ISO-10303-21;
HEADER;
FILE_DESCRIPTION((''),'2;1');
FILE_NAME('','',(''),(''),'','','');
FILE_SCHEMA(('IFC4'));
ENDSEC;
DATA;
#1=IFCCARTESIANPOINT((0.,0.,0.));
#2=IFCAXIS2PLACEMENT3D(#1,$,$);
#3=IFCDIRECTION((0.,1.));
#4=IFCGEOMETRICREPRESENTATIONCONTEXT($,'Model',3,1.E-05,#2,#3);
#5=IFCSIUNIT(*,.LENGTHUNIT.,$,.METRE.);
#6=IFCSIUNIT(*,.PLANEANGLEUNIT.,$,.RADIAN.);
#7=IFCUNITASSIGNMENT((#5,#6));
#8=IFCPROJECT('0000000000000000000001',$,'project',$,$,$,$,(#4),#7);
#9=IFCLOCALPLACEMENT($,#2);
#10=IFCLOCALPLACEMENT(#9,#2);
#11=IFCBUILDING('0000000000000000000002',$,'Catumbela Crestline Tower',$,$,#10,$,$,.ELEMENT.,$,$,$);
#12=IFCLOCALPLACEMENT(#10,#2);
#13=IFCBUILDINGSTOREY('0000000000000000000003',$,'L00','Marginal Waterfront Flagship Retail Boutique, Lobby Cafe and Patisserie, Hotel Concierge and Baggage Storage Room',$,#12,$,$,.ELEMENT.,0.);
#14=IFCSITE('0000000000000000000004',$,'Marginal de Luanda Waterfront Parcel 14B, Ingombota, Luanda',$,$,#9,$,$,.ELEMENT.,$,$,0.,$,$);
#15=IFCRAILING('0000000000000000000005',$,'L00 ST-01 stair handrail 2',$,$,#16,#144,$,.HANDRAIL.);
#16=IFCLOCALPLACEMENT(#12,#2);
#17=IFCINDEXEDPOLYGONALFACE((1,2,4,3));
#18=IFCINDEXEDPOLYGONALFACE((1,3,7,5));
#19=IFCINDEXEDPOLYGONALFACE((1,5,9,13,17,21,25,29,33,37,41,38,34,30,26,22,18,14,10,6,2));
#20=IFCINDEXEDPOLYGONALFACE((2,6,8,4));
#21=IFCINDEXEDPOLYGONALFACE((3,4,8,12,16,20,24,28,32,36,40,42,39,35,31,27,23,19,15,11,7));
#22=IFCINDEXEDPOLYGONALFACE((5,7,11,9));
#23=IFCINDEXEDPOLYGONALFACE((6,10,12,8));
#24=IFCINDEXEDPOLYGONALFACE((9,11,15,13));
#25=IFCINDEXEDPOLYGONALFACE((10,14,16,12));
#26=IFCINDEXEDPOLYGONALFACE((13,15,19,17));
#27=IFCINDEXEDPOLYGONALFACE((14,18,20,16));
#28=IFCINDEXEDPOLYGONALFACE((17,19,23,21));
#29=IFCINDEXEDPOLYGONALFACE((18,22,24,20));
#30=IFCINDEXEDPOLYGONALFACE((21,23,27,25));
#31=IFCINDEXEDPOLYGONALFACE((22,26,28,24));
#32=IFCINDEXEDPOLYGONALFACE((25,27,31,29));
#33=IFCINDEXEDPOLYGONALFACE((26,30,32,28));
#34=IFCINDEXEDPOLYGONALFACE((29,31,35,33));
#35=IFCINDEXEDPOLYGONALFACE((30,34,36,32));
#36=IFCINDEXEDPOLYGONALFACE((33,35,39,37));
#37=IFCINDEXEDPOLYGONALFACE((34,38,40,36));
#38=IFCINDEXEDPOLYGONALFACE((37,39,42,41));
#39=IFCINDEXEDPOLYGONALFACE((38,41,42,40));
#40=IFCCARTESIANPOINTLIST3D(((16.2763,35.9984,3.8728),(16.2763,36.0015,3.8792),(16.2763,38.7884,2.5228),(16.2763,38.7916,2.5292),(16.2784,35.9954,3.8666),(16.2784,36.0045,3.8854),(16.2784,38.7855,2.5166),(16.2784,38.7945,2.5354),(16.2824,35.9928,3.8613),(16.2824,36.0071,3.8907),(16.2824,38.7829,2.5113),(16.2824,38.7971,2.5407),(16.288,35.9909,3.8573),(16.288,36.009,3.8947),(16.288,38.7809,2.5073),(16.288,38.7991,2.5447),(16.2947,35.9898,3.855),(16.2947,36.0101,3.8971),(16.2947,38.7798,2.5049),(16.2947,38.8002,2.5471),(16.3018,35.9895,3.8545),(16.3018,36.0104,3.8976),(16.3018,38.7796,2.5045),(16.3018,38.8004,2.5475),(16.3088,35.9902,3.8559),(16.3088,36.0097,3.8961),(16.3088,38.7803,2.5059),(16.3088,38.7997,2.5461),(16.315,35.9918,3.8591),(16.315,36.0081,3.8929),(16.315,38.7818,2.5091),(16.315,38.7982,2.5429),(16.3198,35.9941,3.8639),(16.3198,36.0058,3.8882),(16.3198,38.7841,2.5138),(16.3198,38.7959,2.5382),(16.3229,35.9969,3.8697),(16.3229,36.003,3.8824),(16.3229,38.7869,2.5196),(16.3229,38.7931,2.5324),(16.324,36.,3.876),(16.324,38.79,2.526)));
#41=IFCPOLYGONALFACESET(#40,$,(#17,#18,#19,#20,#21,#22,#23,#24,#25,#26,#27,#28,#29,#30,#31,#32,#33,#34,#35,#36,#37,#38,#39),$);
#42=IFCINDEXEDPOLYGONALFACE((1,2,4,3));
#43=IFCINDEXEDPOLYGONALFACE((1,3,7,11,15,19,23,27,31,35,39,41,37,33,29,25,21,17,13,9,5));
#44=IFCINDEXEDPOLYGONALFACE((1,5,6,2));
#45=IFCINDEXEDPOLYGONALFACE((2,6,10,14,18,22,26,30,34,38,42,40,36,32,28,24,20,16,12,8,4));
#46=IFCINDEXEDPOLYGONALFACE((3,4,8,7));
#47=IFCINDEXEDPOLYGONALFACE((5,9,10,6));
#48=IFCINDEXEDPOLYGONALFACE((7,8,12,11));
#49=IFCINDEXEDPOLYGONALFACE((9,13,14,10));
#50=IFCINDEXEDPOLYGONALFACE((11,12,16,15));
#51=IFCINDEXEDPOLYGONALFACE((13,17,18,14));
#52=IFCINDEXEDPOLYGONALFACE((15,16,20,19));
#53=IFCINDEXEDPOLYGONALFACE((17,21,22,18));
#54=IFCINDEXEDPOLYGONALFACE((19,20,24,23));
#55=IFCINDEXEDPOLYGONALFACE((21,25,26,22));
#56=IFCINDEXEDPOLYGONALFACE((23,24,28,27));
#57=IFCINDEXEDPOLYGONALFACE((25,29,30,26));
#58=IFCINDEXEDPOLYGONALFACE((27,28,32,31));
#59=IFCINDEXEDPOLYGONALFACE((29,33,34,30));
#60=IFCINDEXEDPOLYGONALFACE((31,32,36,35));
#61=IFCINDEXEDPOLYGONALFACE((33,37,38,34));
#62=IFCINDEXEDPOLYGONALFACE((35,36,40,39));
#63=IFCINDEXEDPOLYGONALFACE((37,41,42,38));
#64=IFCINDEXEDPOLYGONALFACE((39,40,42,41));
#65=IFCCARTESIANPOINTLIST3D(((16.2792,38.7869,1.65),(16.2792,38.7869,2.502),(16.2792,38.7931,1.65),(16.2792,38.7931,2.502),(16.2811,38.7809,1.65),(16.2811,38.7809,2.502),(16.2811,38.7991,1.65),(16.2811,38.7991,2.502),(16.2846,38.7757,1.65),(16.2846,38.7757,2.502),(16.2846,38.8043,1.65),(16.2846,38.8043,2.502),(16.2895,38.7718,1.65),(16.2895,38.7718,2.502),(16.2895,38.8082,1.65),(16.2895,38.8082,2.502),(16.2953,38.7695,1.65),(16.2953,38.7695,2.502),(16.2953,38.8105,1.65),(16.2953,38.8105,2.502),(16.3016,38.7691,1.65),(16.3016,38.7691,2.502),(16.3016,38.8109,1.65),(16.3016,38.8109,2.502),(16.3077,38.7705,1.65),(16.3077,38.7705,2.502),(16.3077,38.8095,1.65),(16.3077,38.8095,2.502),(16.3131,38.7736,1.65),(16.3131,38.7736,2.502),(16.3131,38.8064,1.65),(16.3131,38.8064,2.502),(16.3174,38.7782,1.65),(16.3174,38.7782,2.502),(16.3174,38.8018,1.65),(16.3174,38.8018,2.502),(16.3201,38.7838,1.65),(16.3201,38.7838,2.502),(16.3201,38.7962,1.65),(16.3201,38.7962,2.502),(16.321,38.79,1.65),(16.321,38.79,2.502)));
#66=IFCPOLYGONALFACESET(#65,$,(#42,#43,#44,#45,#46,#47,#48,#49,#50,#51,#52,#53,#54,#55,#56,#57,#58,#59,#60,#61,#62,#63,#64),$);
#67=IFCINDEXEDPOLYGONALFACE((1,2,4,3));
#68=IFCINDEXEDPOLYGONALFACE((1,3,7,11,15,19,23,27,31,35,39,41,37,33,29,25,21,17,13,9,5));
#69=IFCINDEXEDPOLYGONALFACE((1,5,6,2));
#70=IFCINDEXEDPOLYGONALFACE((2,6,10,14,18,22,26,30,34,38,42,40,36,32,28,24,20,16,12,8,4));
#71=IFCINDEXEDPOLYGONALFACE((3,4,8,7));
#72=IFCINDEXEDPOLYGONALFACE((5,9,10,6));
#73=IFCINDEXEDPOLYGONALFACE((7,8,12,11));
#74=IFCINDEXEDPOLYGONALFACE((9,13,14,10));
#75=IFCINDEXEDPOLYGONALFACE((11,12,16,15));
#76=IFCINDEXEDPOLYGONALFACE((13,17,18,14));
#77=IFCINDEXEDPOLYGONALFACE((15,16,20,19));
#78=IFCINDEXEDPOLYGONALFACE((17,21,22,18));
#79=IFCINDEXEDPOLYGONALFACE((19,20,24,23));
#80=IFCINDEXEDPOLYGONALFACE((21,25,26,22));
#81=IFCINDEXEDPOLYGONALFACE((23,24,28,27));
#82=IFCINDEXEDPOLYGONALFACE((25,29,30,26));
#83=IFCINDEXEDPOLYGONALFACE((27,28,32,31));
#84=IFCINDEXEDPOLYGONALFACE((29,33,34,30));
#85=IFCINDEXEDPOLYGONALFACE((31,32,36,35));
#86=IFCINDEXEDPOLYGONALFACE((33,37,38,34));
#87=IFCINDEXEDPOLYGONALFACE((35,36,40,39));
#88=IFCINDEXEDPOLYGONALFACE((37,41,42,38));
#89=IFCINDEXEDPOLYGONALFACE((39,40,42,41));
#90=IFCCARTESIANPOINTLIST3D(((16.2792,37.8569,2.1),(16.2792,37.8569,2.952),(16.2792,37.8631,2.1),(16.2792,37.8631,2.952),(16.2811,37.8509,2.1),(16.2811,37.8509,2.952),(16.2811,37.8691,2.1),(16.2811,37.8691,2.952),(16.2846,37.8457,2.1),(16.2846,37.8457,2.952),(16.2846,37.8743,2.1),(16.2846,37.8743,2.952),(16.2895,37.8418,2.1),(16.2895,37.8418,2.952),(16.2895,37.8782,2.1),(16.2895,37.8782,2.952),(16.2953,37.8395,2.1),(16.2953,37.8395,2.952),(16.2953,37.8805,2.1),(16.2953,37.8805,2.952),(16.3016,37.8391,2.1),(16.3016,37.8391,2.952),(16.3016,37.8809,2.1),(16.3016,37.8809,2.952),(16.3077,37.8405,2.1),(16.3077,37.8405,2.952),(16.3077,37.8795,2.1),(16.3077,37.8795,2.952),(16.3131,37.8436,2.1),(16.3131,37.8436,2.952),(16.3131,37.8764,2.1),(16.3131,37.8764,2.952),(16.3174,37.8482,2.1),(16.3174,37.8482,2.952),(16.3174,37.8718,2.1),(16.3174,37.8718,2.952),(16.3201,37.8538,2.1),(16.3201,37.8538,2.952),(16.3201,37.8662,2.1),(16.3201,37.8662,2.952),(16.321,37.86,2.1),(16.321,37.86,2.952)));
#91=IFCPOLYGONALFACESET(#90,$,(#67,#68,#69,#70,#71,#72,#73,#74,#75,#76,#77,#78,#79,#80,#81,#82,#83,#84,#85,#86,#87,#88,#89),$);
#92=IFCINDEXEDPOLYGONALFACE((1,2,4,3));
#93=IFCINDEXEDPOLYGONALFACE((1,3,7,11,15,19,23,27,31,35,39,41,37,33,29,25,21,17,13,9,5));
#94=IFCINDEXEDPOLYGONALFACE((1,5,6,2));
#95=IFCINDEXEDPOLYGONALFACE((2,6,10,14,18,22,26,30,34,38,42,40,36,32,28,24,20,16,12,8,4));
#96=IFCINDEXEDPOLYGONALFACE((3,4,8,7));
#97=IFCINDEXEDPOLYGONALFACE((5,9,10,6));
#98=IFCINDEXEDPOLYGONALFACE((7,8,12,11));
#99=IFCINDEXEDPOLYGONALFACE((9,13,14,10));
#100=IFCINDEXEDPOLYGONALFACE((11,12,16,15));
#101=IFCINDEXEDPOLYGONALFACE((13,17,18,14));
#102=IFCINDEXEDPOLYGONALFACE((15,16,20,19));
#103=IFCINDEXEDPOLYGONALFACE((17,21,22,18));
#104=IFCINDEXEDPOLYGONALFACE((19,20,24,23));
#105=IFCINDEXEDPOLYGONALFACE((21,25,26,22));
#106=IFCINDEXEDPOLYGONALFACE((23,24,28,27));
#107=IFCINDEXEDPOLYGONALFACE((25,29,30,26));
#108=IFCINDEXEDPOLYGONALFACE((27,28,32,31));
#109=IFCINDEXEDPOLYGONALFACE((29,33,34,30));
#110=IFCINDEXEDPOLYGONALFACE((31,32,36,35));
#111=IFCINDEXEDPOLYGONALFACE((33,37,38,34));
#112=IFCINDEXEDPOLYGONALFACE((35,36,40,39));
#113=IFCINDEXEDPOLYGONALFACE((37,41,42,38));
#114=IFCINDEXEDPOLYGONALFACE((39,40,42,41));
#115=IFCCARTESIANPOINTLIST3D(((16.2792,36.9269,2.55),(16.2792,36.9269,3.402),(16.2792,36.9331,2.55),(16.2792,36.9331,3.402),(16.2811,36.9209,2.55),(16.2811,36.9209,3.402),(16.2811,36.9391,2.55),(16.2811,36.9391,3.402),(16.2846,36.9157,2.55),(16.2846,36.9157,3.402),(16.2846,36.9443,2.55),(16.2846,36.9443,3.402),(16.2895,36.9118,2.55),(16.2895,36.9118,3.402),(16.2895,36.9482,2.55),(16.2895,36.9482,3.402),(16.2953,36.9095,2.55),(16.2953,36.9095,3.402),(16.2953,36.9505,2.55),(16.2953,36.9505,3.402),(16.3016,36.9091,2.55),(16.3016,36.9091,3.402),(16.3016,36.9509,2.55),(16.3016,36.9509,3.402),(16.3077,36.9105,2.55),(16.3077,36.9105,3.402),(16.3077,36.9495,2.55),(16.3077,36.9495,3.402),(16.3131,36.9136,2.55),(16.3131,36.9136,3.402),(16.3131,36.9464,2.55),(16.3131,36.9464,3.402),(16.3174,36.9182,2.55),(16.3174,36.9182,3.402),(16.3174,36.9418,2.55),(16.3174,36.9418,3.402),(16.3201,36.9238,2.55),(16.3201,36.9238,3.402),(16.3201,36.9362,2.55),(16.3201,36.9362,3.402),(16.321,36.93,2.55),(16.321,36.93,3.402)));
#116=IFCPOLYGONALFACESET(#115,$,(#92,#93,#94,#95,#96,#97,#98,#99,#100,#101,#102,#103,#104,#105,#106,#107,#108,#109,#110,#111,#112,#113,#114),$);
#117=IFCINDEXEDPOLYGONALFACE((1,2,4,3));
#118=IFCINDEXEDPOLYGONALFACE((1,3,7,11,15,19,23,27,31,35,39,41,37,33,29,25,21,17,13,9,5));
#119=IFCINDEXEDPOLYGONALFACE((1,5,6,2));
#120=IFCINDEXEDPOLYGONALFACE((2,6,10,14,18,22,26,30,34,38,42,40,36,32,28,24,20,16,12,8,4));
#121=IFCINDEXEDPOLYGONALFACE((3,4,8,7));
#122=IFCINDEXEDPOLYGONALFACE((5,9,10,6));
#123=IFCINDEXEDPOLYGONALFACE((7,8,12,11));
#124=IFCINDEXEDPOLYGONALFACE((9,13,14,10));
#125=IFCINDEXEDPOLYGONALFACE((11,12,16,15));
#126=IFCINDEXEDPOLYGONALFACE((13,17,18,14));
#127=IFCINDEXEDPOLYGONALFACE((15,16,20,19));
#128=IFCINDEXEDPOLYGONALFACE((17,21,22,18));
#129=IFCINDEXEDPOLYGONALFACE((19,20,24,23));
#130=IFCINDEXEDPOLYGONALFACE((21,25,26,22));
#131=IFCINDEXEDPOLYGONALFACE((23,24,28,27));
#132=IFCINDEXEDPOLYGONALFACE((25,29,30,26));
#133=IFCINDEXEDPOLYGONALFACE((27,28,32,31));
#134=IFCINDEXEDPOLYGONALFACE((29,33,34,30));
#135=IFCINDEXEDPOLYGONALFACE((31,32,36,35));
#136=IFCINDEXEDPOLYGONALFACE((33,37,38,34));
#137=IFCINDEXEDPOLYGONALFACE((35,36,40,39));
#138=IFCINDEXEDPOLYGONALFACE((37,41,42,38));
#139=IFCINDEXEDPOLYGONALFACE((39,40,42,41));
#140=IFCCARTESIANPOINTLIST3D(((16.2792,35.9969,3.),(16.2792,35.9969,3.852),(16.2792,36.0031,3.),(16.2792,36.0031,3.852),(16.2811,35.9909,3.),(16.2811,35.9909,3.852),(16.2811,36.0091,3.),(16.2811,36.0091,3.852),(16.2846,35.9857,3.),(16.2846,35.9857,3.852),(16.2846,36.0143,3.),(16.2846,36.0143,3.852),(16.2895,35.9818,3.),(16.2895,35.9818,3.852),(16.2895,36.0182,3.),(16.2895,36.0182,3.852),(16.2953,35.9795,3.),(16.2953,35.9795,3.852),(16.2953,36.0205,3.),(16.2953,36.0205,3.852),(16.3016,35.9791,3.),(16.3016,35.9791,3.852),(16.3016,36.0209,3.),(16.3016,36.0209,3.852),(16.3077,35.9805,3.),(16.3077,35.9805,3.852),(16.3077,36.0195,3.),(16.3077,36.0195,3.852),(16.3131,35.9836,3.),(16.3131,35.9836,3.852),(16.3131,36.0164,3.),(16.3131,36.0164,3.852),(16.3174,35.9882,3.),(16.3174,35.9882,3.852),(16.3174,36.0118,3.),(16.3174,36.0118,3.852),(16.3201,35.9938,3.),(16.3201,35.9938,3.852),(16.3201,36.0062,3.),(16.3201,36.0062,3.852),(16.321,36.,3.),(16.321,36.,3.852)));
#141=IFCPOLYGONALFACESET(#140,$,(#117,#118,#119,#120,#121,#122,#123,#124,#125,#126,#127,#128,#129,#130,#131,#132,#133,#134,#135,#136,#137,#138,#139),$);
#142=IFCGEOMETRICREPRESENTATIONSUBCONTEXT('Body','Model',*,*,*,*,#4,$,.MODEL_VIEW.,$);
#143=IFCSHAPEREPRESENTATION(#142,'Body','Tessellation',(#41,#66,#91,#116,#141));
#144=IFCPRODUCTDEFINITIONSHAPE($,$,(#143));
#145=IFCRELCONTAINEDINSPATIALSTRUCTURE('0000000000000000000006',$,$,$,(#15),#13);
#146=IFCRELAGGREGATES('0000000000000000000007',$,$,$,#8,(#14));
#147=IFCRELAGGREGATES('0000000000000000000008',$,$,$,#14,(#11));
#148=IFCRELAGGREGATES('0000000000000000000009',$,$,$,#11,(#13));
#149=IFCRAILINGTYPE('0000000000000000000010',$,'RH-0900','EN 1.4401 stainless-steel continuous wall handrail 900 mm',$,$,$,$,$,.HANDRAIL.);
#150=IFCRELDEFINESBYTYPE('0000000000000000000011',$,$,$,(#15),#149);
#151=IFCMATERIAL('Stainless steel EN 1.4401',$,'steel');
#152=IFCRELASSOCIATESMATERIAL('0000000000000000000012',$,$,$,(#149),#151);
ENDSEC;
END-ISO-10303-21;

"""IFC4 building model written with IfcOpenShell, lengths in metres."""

from ifc_helpers import new_model, si_unit, direction, frame, origin, origin_2d, place, context, subcontext, project, spatial, circle, extrude, material, type_object, element, save


model = new_model("IFC4")

# Units and contexts
model_context = context("Model", 3, precision=1e-05, world=origin(), true_north=direction((0.0, 1.0)))
body_context = subcontext(model_context, "Body", "Model", "MODEL_VIEW")
ifc_project = project(units=[si_unit("LENGTHUNIT", "METRE"), si_unit("PLANEANGLEUNIT", "RADIAN")], contexts=[model_context])

# Site, building, storey
site_placement = place(None, origin())
site = spatial("IfcSite", under=ifc_project, at=site_placement, Name="Marginal de Luanda Waterfront Parcel 14B, Ingombota, Luanda", CompositionType="ELEMENT", RefElevation=0.0)
building_placement = place(site_placement, origin())
building = spatial("IfcBuilding", under=site, at=building_placement, Name="Catumbela Crestline Tower", CompositionType="ELEMENT")
storey_placement = place(building_placement, origin())
storey = spatial("IfcBuildingStorey", under=building, at=storey_placement, Name="L00", Description="Marginal Waterfront Flagship Retail Boutique, Lobby Cafe and Patisserie, Hotel Concierge and Baggage Storage Room", CompositionType="ELEMENT", Elevation=0.0)

# Railing
ifc_material_1 = material(Name="Stainless steel EN 1.4401", Category="steel")
railing_type_1 = type_object("IfcRailingType", Name="RH-0900", Description="EN 1.4401 stainless-steel continuous wall handrail 900 mm", PredefinedType="HANDRAIL", material=ifc_material_1)
for number, where, name in (
    (1, (16.3, 38.79, 1.65), "L00 ST-01 stair handrail 2"),
):
    element("IfcRailing", number, at=place(storey_placement, frame(where)), inside=storey, type_object=railing_type_1, Name=name, PredefinedType="HANDRAIL", context=body_context, shape_type="SweptSolid", body=[
        extrude(circle(Radius=0.024, at=origin_2d()), frame((0.0, 0.0, 0.876), z_axis=(0.0, -0.900159, 0.435561), x_axis=(1.0, 0.0, 0.0)), (0.0, 0.0, 1.0), 3.0995),
        extrude(circle(Radius=0.021, at=origin_2d()), origin(), (0.0, 0.0, 1.0), 0.852),
        extrude(circle(Radius=0.021, at=origin_2d()), frame((0.0, -0.93, 0.45)), (0.0, 0.0, 1.0), 0.852),
        extrude(circle(Radius=0.021, at=origin_2d()), frame((0.0, -1.86, 0.9)), (0.0, 0.0, 1.0), 0.852),
        extrude(circle(Radius=0.021, at=origin_2d()), frame((0.0, -2.79, 1.35)), (0.0, 0.0, 1.0), 0.852),
    ])

save(model, "model.ifc")
